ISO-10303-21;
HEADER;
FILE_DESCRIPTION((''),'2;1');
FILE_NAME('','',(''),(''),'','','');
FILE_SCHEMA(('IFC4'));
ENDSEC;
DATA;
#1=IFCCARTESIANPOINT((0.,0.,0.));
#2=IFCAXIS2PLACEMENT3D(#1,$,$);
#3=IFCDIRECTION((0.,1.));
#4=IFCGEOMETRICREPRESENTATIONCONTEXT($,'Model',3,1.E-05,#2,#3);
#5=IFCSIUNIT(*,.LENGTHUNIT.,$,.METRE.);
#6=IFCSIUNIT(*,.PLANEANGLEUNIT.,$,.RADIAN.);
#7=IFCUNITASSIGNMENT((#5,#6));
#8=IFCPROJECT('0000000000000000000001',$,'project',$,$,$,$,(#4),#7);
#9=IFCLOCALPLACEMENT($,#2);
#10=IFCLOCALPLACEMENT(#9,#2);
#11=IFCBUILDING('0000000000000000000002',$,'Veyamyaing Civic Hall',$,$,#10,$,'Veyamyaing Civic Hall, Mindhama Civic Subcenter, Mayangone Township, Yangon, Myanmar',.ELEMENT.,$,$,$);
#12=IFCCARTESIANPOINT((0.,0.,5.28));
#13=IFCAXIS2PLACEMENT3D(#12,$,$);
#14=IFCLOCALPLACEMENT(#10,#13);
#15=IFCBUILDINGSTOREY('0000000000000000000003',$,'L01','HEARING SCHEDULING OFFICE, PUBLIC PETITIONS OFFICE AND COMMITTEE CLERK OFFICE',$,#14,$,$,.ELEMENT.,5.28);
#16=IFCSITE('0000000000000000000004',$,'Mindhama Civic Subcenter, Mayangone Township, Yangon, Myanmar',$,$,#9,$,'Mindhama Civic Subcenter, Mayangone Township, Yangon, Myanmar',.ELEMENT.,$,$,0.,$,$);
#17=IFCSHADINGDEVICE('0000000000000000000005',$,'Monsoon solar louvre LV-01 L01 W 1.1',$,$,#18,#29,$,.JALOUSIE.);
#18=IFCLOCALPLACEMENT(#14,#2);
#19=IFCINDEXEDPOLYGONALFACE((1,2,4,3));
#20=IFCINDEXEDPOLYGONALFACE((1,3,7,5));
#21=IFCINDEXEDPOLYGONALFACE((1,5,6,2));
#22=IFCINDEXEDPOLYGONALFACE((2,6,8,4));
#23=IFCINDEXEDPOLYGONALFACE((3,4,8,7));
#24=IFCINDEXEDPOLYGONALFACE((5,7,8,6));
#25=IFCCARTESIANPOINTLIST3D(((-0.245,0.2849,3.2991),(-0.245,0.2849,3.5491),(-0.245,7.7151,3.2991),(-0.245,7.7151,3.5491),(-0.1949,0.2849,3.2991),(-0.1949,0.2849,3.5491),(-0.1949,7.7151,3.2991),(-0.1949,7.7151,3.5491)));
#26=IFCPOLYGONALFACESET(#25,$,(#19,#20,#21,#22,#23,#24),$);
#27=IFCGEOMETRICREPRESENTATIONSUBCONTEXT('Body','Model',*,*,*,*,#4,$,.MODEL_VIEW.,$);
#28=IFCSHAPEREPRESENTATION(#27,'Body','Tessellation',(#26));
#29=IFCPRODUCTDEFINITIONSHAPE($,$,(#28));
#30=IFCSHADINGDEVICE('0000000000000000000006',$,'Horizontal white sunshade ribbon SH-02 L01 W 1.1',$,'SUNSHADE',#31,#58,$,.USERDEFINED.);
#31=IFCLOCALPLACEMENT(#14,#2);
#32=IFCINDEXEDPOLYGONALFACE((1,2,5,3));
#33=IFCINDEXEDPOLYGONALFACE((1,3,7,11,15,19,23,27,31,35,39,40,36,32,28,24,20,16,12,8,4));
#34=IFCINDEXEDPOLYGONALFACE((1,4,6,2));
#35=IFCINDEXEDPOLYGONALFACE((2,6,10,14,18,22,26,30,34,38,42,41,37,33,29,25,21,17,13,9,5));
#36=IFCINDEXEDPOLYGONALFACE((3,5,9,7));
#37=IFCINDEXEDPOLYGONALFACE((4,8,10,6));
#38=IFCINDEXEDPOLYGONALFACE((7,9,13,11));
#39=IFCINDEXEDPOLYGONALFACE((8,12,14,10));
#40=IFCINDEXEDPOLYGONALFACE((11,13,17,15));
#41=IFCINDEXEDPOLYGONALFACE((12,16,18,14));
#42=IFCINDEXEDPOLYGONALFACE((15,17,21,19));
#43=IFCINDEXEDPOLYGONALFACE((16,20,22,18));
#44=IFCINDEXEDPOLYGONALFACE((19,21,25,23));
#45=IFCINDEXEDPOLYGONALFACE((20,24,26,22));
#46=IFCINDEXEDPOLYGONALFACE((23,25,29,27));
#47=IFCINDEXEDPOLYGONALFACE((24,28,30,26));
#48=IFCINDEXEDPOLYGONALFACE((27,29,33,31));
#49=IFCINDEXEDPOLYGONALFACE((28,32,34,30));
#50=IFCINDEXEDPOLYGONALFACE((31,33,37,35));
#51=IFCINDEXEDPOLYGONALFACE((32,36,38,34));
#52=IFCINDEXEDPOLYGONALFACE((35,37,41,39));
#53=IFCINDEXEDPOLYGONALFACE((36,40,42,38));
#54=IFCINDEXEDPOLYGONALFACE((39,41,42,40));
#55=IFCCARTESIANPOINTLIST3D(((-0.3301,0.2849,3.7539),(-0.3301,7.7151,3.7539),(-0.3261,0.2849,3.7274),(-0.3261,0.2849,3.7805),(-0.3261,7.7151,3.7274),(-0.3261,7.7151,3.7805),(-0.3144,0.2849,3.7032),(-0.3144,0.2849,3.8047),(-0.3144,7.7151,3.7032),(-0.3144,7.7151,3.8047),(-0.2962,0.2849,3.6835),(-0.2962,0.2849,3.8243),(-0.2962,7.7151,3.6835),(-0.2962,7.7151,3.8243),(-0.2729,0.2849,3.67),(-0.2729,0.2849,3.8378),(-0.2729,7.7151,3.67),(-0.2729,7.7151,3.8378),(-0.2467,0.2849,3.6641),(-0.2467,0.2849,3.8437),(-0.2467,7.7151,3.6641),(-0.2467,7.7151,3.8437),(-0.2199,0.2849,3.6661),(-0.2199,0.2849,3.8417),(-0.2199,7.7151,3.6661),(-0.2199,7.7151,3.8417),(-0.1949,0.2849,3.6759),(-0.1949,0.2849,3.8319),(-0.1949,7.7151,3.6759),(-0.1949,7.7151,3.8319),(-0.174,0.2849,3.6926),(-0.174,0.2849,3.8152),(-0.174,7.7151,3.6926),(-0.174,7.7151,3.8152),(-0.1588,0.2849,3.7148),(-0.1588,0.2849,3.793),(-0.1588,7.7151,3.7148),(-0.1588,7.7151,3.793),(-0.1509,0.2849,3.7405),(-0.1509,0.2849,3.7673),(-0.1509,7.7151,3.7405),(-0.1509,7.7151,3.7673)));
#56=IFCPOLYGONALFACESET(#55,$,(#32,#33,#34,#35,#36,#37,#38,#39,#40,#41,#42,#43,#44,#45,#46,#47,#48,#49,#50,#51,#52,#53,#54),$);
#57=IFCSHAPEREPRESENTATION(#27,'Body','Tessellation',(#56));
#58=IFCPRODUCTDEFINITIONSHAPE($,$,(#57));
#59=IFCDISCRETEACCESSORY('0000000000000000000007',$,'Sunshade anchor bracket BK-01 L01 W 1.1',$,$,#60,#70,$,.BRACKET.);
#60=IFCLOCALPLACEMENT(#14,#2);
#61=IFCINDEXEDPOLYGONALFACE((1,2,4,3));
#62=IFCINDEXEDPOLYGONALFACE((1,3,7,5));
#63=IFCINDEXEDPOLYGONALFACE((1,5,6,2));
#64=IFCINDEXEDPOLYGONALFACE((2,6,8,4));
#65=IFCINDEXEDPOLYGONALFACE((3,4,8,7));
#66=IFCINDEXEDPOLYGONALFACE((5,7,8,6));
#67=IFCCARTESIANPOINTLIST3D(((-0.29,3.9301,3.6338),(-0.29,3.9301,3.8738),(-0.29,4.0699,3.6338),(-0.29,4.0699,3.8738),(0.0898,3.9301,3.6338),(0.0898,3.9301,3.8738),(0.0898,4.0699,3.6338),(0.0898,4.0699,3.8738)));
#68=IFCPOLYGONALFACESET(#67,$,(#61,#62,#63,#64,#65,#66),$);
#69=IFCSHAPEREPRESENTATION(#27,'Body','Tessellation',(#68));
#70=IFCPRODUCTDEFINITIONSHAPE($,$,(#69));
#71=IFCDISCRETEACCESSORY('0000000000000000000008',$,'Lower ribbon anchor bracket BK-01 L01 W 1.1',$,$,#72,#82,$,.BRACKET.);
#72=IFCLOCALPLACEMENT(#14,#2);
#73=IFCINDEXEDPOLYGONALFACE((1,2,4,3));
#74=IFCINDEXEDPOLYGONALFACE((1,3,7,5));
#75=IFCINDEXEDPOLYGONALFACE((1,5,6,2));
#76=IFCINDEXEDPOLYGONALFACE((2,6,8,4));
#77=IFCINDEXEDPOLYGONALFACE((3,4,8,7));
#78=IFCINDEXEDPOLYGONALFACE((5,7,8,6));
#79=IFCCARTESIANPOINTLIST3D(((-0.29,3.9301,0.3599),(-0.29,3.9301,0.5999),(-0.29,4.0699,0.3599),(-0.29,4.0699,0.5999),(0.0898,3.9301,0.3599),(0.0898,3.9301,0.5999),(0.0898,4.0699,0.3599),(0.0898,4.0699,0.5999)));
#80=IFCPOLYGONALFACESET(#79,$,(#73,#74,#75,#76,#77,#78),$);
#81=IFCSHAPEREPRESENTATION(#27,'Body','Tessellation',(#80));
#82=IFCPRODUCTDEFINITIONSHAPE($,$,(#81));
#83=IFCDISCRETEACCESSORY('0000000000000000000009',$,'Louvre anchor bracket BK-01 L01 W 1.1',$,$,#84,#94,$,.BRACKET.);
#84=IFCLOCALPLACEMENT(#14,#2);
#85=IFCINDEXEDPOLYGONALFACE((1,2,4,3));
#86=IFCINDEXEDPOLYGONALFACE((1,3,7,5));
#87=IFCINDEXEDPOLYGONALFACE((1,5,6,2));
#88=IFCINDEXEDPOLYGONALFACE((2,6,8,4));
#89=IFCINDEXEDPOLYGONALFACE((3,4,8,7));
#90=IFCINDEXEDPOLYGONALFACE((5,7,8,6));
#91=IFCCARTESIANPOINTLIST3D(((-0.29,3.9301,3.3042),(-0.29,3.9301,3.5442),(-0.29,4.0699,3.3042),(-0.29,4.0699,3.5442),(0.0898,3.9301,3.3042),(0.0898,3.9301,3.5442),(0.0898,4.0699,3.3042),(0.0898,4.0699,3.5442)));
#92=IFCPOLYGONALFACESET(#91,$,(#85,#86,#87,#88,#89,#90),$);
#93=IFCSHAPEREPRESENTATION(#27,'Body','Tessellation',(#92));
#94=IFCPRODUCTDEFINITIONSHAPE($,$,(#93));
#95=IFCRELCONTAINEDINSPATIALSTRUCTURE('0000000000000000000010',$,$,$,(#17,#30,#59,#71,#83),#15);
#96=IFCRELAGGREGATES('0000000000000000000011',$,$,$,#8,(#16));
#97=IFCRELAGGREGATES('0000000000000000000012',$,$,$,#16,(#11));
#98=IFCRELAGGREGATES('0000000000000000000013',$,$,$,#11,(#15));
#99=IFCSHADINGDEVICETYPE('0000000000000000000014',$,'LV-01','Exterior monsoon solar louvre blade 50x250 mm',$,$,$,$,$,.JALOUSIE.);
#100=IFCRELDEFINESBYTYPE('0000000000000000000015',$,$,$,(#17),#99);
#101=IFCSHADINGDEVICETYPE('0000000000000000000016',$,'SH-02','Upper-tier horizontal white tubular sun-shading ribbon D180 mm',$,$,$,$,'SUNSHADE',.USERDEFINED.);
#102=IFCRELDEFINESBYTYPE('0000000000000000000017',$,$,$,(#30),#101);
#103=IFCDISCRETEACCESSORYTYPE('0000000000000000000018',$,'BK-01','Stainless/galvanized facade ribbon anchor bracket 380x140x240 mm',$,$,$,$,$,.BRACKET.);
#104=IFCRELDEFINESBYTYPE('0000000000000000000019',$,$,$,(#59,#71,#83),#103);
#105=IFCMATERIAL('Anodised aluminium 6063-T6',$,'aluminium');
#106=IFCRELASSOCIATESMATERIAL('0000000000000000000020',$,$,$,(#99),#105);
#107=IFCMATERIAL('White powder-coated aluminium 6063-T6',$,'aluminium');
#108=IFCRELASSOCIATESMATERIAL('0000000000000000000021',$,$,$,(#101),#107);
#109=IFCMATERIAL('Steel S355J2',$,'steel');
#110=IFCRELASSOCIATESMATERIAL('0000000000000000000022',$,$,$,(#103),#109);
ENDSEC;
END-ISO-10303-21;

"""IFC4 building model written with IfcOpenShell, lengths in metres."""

from ifc_helpers import new_model, si_unit, direction, frame, origin, origin_2d, place, context, subcontext, project, spatial, rectangle, circle, extrude, material, material_profile, profile_set, type_object, element, save


model = new_model("IFC4")

# Units and contexts
model_context = context("Model", 3, precision=1e-05, world=origin(), true_north=direction((0.0, 1.0)))
body_context = subcontext(model_context, "Body", "Model", "MODEL_VIEW")
ifc_project = project(units=[si_unit("LENGTHUNIT", "METRE"), si_unit("PLANEANGLEUNIT", "RADIAN")], contexts=[model_context])

# Site, building, storey
site_placement = place(None, origin())
site = spatial("IfcSite", under=ifc_project, at=site_placement, Name="Mindhama Civic Subcenter, Mayangone Township, Yangon, Myanmar", LongName="Mindhama Civic Subcenter, Mayangone Township, Yangon, Myanmar", CompositionType="ELEMENT", RefElevation=0.0)
building_placement = place(site_placement, origin())
building = spatial("IfcBuilding", under=site, at=building_placement, Name="Veyamyaing Civic Hall", LongName="Veyamyaing Civic Hall, Mindhama Civic Subcenter, Mayangone Township, Yangon, Myanmar", CompositionType="ELEMENT")
storey_placement = place(building_placement, frame((0.0, 0.0, 5.28)))
storey = spatial("IfcBuildingStorey", under=building, at=storey_placement, Name="L01", Description="HEARING SCHEDULING OFFICE, PUBLIC PETITIONS OFFICE AND COMMITTEE CLERK OFFICE", CompositionType="ELEMENT", Elevation=5.28)

# Shared definitions
ifc_material_1 = material(Name="White powder-coated aluminium 6063-T6", Category="aluminium")

# Shading devices
ifc_material_2 = material(Name="Anodised aluminium 6063-T6", Category="aluminium")
ifc_material_profile_1 = material_profile(ifc_material_2, rectangle(XDim=0.05, YDim=0.25, at=origin_2d()), Name="LOUVRE-BLADE-50X250")
ifc_profile_set_1 = profile_set([ifc_material_profile_1], Name="Anodised aluminium 6063-T6")
shading_device_type_1 = type_object("IfcShadingDeviceType", Name="LV-01", Description="Exterior monsoon solar louvre blade 50x250 mm", PredefinedType="JALOUSIE", material=ifc_profile_set_1)
shading_device_1_placement = place(storey_placement, frame((-0.22, 0.2849, 3.4241), z_axis=(0.0, 1.0, 0.0), x_axis=(-1.0, 0.0, 0.0)))
element("IfcShadingDevice", 1, at=shading_device_1_placement, inside=storey, type_object=shading_device_type_1, Name="Monsoon solar louvre LV-01 L01 W 1.1", PredefinedType="JALOUSIE", context=body_context, shape_type="SweptSolid", body=[
    extrude(rectangle(XDim=0.05, YDim=0.25, at=origin_2d()), origin(), (0.0, 0.0, 1.0), 7.4302),
])
ifc_material_profile_2 = material_profile(ifc_material_1, circle(Radius=0.0901, at=origin_2d()), Name="SHADE-TUBE-180")
ifc_profile_set_2 = profile_set([ifc_material_profile_2], Name="White powder-coated aluminium 6063-T6")
shading_device_type_2 = type_object("IfcShadingDeviceType", Name="SH-02", Description="Upper-tier horizontal white tubular sun-shading ribbon D180 mm", ElementType="SUNSHADE", PredefinedType="USERDEFINED", material=ifc_profile_set_2)
shading_device_2_placement = place(storey_placement, frame((-0.24, 0.2849, 3.7539), z_axis=(0.0, 1.0, 0.0), x_axis=(-1.0, 0.0, 0.0)))
element("IfcShadingDevice", 2, at=shading_device_2_placement, inside=storey, type_object=shading_device_type_2, Name="Horizontal white sunshade ribbon SH-02 L01 W 1.1", ObjectType="SUNSHADE", PredefinedType="USERDEFINED", context=body_context, shape_type="SweptSolid", body=[
    extrude(circle(Radius=0.0901, at=origin_2d()), origin(), (0.0, 0.0, 1.0), 7.4302),
])

# Discrete accessories
ifc_material_3 = material(Name="Steel S355J2", Category="steel")
discrete_accessory_type = type_object("IfcDiscreteAccessoryType", Name="BK-01", Description="Stainless/galvanized facade ribbon anchor bracket 380x140x240 mm", PredefinedType="BRACKET", material=ifc_material_3)
for number, where, z_axis, x_axis, name in (
    (3, (-0.1001, 4.0, 3.6338), (0.0, 0.0, 1.0), (-1.0, 0.0, 0.0), "Sunshade anchor bracket BK-01 L01 W 1.1"),
    (4, (-0.1001, 4.0, 0.3599), (0.0, 0.0, 1.0), (-1.0, 0.0, 0.0), "Lower ribbon anchor bracket BK-01 L01 W 1.1"),
    (5, (-0.1001, 4.0, 3.3042), (0.0, 0.0, 1.0), (-1.0, 0.0, 0.0), "Louvre anchor bracket BK-01 L01 W 1.1"),
):
    element("IfcDiscreteAccessory", number, at=place(storey_placement, frame(where, z_axis=z_axis, x_axis=x_axis)), inside=storey, type_object=discrete_accessory_type, Name=name, PredefinedType="BRACKET", context=body_context, shape_type="SweptSolid", body=[
        extrude(rectangle(XDim=0.3799, YDim=0.1399, at=origin_2d()), origin(), (0.0, 0.0, 1.0), 0.24),
    ])

save(model, "model.ifc")
